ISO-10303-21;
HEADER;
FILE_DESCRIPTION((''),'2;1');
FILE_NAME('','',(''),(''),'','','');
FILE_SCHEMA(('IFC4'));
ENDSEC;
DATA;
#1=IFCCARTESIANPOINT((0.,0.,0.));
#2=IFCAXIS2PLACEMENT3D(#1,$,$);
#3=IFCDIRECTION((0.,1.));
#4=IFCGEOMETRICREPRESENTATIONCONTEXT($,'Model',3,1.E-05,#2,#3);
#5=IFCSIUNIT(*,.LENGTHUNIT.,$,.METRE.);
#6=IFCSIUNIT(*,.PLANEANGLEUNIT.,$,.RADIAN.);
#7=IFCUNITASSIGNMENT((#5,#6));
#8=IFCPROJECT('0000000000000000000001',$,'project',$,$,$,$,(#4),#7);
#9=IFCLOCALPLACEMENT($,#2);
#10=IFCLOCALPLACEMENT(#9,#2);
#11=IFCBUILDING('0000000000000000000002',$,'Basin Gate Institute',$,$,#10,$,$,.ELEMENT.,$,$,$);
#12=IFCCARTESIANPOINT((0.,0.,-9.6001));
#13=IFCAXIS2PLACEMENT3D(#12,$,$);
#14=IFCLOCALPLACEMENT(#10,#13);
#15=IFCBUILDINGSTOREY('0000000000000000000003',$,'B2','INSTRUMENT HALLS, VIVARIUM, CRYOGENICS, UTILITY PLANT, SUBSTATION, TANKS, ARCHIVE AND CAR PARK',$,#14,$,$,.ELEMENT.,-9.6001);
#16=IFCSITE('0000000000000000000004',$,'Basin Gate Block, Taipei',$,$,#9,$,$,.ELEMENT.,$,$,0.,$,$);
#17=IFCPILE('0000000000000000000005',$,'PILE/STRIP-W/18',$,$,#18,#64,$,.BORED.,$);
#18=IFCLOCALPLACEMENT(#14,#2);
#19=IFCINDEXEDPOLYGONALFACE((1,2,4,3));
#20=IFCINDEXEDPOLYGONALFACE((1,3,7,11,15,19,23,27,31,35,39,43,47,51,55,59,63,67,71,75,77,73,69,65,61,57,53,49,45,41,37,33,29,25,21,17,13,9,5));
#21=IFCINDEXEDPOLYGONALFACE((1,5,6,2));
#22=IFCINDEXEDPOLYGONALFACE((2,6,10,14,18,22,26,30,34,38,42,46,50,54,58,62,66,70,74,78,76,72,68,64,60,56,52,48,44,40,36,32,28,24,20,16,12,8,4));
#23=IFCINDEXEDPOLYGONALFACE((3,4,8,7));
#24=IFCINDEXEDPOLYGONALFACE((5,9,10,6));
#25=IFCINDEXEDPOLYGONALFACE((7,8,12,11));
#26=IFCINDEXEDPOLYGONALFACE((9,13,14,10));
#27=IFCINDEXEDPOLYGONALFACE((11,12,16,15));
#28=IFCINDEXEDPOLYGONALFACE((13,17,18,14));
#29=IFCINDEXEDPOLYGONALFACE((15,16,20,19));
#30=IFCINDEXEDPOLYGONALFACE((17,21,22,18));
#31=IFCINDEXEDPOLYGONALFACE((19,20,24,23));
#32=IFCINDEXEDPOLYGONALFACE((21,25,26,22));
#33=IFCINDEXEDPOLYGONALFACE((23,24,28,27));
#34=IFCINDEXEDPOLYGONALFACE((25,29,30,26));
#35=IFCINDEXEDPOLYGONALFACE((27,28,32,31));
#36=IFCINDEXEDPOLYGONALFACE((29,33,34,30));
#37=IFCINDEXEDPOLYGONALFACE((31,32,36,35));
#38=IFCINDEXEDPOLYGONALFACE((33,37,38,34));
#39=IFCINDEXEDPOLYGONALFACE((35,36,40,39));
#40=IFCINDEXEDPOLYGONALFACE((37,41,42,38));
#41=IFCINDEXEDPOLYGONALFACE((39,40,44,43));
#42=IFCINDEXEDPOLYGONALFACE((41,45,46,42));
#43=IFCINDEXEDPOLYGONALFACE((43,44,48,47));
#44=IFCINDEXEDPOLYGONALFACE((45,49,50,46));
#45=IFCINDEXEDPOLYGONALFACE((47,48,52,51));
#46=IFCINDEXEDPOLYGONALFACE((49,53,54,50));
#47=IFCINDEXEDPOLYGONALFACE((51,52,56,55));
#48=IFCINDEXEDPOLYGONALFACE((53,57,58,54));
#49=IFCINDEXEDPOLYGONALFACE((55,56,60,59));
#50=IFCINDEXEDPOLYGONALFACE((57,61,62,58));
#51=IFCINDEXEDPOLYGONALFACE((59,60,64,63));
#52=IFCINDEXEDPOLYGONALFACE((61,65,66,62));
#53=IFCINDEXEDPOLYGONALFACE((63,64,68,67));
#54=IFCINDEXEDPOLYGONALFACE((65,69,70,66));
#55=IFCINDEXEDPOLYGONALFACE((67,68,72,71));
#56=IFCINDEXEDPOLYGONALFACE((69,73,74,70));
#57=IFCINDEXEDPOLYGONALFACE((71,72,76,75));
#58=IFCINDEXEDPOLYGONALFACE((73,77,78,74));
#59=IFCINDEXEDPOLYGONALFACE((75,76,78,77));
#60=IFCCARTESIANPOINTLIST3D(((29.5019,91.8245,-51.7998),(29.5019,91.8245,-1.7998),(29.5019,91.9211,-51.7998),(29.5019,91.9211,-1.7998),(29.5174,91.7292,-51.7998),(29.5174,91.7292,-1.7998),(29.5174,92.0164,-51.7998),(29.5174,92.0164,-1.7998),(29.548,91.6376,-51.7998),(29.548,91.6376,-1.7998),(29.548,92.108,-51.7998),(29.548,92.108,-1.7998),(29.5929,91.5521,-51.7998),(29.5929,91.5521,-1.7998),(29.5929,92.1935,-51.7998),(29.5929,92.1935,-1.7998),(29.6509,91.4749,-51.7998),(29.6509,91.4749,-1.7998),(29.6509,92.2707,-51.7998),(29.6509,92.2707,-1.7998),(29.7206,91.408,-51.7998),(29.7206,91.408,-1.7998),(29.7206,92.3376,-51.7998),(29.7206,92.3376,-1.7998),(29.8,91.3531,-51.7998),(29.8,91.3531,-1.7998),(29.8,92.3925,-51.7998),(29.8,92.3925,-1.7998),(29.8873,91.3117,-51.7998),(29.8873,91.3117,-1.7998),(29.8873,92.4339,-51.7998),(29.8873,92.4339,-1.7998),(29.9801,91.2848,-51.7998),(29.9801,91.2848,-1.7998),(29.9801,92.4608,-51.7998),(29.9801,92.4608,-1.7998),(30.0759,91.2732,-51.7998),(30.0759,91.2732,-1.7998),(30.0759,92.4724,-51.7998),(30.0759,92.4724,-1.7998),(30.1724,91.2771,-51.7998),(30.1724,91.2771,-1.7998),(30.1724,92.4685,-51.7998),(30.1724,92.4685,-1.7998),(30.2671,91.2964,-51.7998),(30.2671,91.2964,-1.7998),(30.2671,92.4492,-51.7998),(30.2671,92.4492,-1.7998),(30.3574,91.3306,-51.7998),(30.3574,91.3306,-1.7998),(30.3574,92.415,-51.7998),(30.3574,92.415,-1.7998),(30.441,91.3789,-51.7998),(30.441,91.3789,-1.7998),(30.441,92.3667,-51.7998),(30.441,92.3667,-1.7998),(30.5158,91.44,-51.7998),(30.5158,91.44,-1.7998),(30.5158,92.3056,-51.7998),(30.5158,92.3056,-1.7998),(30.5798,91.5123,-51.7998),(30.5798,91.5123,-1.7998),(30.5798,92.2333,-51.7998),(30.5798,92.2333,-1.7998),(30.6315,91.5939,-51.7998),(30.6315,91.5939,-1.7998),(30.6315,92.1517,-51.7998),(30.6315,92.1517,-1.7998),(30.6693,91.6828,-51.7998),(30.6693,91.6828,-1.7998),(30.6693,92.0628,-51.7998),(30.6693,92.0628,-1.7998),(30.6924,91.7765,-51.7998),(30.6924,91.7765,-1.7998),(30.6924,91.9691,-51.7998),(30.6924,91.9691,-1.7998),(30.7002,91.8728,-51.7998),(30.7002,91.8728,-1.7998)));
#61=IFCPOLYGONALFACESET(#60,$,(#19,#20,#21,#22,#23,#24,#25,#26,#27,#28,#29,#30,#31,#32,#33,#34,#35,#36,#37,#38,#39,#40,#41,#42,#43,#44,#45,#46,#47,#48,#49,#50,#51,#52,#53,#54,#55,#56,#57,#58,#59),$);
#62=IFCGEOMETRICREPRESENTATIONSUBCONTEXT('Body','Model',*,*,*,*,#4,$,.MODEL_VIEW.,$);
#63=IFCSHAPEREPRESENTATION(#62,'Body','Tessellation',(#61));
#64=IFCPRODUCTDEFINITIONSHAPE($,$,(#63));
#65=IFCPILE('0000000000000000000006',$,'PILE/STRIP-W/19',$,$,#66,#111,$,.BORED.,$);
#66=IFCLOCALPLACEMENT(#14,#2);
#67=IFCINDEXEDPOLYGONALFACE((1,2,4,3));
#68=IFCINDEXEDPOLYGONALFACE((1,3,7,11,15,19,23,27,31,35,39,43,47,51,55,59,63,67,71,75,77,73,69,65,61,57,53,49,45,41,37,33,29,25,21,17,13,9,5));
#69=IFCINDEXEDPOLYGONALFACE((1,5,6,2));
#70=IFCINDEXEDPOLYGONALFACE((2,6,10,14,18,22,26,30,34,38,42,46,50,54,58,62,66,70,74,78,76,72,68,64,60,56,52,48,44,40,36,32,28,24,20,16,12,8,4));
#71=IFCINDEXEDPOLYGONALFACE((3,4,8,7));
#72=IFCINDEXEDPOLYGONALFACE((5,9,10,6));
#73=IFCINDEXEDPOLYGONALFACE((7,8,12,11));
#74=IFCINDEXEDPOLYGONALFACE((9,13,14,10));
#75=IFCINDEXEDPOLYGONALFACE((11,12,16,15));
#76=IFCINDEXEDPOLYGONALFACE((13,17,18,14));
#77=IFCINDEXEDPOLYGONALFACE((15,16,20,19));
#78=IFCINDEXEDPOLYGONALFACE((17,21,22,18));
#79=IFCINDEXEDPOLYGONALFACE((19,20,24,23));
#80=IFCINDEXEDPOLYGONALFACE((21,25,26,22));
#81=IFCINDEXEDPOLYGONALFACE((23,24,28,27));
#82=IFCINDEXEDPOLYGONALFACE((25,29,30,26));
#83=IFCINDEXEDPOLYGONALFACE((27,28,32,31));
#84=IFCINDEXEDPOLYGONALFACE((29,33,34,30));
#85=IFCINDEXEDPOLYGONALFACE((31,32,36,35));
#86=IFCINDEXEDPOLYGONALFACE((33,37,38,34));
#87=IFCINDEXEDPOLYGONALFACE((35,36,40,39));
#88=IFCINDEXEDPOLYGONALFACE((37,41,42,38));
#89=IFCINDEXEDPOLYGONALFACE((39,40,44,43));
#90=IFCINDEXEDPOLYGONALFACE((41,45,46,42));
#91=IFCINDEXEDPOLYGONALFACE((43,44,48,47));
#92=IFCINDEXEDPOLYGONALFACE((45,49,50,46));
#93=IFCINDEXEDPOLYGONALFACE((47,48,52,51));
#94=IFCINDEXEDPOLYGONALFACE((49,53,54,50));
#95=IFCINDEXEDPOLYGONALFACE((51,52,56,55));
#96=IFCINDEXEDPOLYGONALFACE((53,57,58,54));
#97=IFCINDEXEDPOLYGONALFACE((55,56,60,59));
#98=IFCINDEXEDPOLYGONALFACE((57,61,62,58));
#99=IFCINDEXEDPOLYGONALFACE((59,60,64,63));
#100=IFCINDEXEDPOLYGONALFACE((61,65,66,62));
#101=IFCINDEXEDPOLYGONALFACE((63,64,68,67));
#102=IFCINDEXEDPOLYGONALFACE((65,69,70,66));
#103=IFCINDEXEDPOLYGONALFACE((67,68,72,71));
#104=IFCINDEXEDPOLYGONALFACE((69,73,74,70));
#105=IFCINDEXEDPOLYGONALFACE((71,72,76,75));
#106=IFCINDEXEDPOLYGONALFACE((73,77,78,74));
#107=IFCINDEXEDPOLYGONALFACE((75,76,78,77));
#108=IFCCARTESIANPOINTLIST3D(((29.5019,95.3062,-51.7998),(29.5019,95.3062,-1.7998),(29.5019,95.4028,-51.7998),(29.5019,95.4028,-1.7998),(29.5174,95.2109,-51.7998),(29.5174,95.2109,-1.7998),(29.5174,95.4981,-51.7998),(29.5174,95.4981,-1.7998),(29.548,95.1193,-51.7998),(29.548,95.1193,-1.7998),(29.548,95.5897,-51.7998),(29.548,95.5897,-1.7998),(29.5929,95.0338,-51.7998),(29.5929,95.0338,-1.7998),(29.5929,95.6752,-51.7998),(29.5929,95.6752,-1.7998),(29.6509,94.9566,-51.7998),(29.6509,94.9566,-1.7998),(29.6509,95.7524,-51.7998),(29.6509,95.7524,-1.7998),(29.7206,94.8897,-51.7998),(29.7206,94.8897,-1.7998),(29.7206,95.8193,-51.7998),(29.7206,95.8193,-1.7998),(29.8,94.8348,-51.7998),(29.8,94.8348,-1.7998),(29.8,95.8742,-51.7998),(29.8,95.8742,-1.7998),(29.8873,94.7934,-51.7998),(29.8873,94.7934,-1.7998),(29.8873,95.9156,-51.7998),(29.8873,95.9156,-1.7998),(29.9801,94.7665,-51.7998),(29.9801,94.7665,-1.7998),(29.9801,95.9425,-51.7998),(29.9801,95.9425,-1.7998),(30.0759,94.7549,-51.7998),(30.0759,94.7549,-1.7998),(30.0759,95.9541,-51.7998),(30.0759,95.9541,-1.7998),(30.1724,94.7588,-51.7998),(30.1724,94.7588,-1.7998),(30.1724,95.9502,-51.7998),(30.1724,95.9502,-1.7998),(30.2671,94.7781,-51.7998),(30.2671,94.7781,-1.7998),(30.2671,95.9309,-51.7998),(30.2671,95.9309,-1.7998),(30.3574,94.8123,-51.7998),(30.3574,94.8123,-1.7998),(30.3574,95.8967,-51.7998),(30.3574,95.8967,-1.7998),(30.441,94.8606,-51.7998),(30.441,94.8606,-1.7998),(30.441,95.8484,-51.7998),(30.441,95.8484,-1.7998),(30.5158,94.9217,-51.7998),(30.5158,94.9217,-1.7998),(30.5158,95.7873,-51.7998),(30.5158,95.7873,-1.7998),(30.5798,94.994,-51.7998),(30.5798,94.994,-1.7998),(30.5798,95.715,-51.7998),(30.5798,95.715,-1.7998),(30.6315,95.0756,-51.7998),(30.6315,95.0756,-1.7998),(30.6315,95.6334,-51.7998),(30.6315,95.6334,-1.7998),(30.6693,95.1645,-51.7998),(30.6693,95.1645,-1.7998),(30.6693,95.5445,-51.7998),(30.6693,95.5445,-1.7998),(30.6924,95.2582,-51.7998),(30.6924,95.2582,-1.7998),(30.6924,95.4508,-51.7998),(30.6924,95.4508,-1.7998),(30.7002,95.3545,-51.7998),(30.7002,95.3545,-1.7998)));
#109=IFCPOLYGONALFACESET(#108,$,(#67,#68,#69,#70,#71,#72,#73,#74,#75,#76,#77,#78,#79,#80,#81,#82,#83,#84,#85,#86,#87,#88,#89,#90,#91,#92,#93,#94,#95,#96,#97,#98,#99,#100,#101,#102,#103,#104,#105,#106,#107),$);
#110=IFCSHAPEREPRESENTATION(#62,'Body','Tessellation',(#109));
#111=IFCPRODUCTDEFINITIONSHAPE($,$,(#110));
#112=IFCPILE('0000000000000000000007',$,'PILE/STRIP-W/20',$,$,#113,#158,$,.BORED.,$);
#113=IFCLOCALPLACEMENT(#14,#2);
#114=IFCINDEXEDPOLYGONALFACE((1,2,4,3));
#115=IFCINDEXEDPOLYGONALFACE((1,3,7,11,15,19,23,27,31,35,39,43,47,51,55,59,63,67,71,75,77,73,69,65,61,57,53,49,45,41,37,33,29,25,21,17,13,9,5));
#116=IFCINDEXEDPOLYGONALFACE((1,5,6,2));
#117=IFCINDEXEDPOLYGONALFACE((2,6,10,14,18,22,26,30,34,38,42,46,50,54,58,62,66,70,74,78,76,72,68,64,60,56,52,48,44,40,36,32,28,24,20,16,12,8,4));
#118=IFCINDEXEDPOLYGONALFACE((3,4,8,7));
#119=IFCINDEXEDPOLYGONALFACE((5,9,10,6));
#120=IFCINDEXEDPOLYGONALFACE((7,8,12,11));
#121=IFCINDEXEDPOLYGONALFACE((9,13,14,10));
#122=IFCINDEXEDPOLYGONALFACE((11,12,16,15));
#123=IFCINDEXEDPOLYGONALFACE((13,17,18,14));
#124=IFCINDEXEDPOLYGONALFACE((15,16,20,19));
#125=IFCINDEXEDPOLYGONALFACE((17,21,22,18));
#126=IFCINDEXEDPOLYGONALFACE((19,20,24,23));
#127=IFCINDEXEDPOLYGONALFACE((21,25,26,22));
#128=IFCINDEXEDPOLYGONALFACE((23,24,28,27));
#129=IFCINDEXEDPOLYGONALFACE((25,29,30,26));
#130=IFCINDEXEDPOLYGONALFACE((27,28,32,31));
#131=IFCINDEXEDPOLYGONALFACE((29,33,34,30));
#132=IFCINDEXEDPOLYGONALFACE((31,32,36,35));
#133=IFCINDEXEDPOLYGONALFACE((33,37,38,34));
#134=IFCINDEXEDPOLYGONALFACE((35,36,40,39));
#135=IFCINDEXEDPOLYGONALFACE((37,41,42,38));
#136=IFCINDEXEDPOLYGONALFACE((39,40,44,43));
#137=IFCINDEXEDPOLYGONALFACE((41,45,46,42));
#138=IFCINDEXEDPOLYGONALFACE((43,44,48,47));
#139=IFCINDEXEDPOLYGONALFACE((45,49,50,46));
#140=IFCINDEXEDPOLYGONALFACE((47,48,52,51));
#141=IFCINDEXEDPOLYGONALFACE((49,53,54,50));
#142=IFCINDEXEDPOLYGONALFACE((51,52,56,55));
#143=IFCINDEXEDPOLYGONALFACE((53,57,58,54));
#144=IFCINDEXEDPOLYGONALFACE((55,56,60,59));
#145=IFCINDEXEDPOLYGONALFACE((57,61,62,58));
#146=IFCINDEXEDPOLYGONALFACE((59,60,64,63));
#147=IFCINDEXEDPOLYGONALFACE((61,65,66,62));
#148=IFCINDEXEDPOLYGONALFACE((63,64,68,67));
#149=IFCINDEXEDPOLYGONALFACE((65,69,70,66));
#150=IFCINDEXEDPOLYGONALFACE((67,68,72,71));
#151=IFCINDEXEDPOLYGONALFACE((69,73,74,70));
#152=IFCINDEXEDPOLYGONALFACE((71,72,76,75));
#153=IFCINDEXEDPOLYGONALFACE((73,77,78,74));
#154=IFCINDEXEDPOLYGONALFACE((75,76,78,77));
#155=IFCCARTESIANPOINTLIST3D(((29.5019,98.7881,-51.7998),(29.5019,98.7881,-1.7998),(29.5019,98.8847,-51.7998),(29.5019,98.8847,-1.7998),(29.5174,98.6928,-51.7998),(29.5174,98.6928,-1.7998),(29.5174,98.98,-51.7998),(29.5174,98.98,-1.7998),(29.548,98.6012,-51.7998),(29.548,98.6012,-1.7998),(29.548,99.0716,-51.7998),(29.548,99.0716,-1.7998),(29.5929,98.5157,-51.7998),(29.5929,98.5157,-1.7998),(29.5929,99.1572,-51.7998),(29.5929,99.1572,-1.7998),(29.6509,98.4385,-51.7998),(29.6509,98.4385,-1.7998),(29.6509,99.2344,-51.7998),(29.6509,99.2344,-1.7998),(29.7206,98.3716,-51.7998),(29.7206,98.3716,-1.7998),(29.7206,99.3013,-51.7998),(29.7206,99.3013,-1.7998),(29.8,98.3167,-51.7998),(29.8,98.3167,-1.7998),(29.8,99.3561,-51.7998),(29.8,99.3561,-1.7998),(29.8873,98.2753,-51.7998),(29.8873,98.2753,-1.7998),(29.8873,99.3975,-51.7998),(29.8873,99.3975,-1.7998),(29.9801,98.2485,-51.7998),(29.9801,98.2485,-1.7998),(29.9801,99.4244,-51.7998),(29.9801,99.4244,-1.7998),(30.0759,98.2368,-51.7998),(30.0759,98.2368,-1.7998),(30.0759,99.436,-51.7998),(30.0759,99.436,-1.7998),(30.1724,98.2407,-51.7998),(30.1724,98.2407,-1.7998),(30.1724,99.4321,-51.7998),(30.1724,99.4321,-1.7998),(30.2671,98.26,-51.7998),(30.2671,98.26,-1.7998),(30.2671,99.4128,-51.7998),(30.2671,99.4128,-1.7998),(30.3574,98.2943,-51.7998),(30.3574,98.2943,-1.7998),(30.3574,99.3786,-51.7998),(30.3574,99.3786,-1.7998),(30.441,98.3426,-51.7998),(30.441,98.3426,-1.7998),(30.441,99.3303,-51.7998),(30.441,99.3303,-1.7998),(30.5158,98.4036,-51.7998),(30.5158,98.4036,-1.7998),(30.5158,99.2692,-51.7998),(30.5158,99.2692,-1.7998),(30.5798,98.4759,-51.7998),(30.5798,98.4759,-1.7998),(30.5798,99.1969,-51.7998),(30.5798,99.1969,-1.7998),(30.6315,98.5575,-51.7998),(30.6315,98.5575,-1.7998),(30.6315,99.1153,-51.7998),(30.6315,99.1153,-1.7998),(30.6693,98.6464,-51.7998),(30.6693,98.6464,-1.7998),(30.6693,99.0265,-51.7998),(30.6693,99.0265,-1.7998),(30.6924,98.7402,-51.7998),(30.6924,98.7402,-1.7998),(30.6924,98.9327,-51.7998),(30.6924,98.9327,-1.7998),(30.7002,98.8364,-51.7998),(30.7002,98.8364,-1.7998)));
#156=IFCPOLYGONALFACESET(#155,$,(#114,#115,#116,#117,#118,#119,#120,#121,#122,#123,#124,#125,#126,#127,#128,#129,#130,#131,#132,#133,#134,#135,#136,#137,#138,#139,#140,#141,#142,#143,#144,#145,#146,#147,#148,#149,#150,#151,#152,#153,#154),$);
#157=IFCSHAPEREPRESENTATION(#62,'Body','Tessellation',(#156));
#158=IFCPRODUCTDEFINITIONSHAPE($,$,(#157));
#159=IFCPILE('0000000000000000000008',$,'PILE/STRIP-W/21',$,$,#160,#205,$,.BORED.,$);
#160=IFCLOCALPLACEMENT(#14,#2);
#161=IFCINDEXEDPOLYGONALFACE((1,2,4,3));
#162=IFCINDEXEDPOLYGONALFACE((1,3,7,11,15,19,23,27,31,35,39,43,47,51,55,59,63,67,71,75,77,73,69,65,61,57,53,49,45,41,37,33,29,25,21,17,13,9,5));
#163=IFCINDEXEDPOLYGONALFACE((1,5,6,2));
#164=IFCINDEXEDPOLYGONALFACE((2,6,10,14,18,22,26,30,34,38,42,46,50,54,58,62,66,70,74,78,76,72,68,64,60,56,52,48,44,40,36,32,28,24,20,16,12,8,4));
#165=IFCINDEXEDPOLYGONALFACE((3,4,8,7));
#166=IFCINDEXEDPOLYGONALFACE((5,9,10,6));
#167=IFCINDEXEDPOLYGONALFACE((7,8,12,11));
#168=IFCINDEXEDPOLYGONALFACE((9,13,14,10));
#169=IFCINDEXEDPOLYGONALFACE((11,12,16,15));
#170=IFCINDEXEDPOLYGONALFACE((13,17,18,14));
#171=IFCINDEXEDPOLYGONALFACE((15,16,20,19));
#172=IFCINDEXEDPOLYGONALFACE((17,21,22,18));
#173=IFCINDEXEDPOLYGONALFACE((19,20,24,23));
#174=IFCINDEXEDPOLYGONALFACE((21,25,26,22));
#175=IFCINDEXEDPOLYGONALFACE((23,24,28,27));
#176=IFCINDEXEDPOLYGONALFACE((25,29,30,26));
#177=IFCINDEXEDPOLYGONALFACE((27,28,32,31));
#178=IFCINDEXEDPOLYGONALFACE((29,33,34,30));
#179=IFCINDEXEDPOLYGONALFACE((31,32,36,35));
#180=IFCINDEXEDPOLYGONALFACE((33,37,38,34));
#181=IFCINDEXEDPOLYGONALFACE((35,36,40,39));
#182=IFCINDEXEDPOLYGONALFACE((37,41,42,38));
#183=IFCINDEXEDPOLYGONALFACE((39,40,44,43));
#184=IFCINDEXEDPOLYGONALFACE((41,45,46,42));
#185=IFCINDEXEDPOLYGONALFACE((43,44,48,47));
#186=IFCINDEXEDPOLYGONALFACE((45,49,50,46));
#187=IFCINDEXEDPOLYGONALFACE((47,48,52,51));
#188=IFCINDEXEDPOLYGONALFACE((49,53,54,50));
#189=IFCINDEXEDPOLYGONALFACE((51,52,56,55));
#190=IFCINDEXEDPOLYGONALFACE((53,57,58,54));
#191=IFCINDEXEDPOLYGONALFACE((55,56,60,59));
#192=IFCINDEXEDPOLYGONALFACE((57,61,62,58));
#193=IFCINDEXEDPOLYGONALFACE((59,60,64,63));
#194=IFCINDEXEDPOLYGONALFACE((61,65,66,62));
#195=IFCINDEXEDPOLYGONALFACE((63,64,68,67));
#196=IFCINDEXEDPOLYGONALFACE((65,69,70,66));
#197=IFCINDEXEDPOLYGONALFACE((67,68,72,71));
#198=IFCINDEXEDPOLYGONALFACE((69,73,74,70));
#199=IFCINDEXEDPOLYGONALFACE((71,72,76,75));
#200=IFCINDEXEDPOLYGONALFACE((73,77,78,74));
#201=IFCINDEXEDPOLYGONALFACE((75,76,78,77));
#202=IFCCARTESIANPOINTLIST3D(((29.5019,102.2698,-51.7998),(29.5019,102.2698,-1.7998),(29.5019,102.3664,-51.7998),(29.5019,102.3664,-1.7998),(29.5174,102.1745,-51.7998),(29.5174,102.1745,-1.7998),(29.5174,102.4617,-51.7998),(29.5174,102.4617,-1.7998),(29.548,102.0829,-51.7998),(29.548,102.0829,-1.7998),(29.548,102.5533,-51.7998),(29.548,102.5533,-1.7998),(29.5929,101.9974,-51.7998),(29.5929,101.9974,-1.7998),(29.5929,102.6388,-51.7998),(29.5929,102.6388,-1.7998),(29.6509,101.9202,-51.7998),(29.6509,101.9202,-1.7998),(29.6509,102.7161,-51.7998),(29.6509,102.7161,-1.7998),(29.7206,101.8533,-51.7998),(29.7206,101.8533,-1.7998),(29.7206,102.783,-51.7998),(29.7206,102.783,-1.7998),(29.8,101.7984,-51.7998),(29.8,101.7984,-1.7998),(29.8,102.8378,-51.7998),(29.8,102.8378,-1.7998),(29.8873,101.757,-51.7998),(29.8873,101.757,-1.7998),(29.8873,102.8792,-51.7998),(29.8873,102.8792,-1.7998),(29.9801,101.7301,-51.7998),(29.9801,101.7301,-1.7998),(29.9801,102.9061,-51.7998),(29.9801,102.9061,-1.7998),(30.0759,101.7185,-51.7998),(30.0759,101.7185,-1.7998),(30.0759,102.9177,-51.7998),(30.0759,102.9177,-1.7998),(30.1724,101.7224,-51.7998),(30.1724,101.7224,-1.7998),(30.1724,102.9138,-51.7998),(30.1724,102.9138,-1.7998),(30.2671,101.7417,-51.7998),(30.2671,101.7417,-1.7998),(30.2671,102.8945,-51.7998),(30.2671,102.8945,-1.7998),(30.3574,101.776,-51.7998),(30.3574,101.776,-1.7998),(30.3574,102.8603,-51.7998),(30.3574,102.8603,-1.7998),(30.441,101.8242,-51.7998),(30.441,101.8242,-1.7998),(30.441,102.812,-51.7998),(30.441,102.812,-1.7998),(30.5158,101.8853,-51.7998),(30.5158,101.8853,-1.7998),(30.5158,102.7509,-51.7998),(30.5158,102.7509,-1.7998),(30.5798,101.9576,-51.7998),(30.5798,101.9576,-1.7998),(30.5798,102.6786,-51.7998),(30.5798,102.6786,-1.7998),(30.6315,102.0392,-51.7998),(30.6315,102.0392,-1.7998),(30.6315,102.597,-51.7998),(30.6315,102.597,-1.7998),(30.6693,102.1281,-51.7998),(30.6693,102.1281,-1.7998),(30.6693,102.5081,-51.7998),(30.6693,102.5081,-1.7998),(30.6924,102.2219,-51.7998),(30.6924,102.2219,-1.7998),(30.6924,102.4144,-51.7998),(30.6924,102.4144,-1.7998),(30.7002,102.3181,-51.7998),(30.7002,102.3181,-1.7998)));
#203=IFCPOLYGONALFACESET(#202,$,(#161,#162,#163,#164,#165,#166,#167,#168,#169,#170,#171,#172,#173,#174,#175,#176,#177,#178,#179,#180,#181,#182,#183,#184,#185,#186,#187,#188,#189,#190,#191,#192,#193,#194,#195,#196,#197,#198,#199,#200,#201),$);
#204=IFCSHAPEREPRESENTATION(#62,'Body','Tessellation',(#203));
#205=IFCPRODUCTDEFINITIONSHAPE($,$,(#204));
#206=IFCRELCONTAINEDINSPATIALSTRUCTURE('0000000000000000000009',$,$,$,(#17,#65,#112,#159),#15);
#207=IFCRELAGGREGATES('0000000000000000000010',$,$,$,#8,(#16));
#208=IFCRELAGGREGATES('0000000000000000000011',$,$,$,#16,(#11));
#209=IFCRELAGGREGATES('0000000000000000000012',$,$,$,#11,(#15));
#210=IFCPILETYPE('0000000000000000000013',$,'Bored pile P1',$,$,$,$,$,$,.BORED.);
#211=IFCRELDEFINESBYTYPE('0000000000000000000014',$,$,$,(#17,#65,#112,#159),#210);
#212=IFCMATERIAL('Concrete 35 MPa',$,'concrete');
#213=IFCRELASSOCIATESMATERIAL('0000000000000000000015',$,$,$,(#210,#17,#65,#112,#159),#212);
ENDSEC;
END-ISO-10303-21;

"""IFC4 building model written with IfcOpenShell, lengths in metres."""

from ifc_helpers import new_model, si_unit, direction, frame, origin, origin_2d, place, context, subcontext, project, spatial, circle, extrude, material, material_profile, profile_set, type_object, element, save


model = new_model("IFC4")

# Units and contexts
model_context = context("Model", 3, precision=1e-05, world=origin(), true_north=direction((0.0, 1.0)))
body_context = subcontext(model_context, "Body", "Model", "MODEL_VIEW")
ifc_project = project(units=[si_unit("LENGTHUNIT", "METRE"), si_unit("PLANEANGLEUNIT", "RADIAN")], contexts=[model_context])

# Site, building, storey
site_placement = place(None, origin())
site = spatial("IfcSite", under=ifc_project, at=site_placement, Name="Basin Gate Block, Taipei", CompositionType="ELEMENT", RefElevation=0.0)
building_placement = place(site_placement, origin())
building = spatial("IfcBuilding", under=site, at=building_placement, Name="Basin Gate Institute", CompositionType="ELEMENT")
storey_placement = place(building_placement, frame((0.0, 0.0, -9.6001)))
storey = spatial("IfcBuildingStorey", under=building, at=storey_placement, Name="B2", Description="INSTRUMENT HALLS, VIVARIUM, CRYOGENICS, UTILITY PLANT, SUBSTATION, TANKS, ARCHIVE AND CAR PARK", CompositionType="ELEMENT", Elevation=-9.6001)

# Piles
ifc_material_1 = material(Name="Concrete 35 MPa", Category="concrete")
ifc_material_profile_1 = material_profile(ifc_material_1, circle(Radius=0.6001, at=origin_2d()), Name="Bored pile P1 1200 dia")
ifc_profile_set_1 = profile_set([ifc_material_profile_1], Name="Concrete 35 MPa")
pile_type = type_object("IfcPileType", Name="Bored pile P1", PredefinedType="BORED", material=ifc_profile_set_1)
for number, where, z_axis, x_axis, name in (
    (1, (30.1001, 91.8728, -1.7998), (0.0, 0.0, -1.0), (1.0, 0.0, 0.0), "PILE/STRIP-W/18"),
    (2, (30.1001, 95.3545, -1.7998), (0.0, 0.0, -1.0), (1.0, 0.0, 0.0), "PILE/STRIP-W/19"),
    (3, (30.1001, 98.8364, -1.7998), (0.0, 0.0, -1.0), (1.0, 0.0, 0.0), "PILE/STRIP-W/20"),
    (4, (30.1001, 102.3181, -1.7998), (0.0, 0.0, -1.0), (1.0, 0.0, 0.0), "PILE/STRIP-W/21"),
):
    element("IfcPile", number, at=place(storey_placement, frame(where, z_axis=z_axis, x_axis=x_axis)), inside=storey, type_object=pile_type, material=ifc_profile_set_1, Name=name, PredefinedType="BORED", context=body_context, shape_type="SweptSolid", body=[
        extrude(circle(Radius=0.6001, at=origin_2d()), origin(), (0.0, 0.0, 1.0), 50.0),
    ])

save(model, "model.ifc")
